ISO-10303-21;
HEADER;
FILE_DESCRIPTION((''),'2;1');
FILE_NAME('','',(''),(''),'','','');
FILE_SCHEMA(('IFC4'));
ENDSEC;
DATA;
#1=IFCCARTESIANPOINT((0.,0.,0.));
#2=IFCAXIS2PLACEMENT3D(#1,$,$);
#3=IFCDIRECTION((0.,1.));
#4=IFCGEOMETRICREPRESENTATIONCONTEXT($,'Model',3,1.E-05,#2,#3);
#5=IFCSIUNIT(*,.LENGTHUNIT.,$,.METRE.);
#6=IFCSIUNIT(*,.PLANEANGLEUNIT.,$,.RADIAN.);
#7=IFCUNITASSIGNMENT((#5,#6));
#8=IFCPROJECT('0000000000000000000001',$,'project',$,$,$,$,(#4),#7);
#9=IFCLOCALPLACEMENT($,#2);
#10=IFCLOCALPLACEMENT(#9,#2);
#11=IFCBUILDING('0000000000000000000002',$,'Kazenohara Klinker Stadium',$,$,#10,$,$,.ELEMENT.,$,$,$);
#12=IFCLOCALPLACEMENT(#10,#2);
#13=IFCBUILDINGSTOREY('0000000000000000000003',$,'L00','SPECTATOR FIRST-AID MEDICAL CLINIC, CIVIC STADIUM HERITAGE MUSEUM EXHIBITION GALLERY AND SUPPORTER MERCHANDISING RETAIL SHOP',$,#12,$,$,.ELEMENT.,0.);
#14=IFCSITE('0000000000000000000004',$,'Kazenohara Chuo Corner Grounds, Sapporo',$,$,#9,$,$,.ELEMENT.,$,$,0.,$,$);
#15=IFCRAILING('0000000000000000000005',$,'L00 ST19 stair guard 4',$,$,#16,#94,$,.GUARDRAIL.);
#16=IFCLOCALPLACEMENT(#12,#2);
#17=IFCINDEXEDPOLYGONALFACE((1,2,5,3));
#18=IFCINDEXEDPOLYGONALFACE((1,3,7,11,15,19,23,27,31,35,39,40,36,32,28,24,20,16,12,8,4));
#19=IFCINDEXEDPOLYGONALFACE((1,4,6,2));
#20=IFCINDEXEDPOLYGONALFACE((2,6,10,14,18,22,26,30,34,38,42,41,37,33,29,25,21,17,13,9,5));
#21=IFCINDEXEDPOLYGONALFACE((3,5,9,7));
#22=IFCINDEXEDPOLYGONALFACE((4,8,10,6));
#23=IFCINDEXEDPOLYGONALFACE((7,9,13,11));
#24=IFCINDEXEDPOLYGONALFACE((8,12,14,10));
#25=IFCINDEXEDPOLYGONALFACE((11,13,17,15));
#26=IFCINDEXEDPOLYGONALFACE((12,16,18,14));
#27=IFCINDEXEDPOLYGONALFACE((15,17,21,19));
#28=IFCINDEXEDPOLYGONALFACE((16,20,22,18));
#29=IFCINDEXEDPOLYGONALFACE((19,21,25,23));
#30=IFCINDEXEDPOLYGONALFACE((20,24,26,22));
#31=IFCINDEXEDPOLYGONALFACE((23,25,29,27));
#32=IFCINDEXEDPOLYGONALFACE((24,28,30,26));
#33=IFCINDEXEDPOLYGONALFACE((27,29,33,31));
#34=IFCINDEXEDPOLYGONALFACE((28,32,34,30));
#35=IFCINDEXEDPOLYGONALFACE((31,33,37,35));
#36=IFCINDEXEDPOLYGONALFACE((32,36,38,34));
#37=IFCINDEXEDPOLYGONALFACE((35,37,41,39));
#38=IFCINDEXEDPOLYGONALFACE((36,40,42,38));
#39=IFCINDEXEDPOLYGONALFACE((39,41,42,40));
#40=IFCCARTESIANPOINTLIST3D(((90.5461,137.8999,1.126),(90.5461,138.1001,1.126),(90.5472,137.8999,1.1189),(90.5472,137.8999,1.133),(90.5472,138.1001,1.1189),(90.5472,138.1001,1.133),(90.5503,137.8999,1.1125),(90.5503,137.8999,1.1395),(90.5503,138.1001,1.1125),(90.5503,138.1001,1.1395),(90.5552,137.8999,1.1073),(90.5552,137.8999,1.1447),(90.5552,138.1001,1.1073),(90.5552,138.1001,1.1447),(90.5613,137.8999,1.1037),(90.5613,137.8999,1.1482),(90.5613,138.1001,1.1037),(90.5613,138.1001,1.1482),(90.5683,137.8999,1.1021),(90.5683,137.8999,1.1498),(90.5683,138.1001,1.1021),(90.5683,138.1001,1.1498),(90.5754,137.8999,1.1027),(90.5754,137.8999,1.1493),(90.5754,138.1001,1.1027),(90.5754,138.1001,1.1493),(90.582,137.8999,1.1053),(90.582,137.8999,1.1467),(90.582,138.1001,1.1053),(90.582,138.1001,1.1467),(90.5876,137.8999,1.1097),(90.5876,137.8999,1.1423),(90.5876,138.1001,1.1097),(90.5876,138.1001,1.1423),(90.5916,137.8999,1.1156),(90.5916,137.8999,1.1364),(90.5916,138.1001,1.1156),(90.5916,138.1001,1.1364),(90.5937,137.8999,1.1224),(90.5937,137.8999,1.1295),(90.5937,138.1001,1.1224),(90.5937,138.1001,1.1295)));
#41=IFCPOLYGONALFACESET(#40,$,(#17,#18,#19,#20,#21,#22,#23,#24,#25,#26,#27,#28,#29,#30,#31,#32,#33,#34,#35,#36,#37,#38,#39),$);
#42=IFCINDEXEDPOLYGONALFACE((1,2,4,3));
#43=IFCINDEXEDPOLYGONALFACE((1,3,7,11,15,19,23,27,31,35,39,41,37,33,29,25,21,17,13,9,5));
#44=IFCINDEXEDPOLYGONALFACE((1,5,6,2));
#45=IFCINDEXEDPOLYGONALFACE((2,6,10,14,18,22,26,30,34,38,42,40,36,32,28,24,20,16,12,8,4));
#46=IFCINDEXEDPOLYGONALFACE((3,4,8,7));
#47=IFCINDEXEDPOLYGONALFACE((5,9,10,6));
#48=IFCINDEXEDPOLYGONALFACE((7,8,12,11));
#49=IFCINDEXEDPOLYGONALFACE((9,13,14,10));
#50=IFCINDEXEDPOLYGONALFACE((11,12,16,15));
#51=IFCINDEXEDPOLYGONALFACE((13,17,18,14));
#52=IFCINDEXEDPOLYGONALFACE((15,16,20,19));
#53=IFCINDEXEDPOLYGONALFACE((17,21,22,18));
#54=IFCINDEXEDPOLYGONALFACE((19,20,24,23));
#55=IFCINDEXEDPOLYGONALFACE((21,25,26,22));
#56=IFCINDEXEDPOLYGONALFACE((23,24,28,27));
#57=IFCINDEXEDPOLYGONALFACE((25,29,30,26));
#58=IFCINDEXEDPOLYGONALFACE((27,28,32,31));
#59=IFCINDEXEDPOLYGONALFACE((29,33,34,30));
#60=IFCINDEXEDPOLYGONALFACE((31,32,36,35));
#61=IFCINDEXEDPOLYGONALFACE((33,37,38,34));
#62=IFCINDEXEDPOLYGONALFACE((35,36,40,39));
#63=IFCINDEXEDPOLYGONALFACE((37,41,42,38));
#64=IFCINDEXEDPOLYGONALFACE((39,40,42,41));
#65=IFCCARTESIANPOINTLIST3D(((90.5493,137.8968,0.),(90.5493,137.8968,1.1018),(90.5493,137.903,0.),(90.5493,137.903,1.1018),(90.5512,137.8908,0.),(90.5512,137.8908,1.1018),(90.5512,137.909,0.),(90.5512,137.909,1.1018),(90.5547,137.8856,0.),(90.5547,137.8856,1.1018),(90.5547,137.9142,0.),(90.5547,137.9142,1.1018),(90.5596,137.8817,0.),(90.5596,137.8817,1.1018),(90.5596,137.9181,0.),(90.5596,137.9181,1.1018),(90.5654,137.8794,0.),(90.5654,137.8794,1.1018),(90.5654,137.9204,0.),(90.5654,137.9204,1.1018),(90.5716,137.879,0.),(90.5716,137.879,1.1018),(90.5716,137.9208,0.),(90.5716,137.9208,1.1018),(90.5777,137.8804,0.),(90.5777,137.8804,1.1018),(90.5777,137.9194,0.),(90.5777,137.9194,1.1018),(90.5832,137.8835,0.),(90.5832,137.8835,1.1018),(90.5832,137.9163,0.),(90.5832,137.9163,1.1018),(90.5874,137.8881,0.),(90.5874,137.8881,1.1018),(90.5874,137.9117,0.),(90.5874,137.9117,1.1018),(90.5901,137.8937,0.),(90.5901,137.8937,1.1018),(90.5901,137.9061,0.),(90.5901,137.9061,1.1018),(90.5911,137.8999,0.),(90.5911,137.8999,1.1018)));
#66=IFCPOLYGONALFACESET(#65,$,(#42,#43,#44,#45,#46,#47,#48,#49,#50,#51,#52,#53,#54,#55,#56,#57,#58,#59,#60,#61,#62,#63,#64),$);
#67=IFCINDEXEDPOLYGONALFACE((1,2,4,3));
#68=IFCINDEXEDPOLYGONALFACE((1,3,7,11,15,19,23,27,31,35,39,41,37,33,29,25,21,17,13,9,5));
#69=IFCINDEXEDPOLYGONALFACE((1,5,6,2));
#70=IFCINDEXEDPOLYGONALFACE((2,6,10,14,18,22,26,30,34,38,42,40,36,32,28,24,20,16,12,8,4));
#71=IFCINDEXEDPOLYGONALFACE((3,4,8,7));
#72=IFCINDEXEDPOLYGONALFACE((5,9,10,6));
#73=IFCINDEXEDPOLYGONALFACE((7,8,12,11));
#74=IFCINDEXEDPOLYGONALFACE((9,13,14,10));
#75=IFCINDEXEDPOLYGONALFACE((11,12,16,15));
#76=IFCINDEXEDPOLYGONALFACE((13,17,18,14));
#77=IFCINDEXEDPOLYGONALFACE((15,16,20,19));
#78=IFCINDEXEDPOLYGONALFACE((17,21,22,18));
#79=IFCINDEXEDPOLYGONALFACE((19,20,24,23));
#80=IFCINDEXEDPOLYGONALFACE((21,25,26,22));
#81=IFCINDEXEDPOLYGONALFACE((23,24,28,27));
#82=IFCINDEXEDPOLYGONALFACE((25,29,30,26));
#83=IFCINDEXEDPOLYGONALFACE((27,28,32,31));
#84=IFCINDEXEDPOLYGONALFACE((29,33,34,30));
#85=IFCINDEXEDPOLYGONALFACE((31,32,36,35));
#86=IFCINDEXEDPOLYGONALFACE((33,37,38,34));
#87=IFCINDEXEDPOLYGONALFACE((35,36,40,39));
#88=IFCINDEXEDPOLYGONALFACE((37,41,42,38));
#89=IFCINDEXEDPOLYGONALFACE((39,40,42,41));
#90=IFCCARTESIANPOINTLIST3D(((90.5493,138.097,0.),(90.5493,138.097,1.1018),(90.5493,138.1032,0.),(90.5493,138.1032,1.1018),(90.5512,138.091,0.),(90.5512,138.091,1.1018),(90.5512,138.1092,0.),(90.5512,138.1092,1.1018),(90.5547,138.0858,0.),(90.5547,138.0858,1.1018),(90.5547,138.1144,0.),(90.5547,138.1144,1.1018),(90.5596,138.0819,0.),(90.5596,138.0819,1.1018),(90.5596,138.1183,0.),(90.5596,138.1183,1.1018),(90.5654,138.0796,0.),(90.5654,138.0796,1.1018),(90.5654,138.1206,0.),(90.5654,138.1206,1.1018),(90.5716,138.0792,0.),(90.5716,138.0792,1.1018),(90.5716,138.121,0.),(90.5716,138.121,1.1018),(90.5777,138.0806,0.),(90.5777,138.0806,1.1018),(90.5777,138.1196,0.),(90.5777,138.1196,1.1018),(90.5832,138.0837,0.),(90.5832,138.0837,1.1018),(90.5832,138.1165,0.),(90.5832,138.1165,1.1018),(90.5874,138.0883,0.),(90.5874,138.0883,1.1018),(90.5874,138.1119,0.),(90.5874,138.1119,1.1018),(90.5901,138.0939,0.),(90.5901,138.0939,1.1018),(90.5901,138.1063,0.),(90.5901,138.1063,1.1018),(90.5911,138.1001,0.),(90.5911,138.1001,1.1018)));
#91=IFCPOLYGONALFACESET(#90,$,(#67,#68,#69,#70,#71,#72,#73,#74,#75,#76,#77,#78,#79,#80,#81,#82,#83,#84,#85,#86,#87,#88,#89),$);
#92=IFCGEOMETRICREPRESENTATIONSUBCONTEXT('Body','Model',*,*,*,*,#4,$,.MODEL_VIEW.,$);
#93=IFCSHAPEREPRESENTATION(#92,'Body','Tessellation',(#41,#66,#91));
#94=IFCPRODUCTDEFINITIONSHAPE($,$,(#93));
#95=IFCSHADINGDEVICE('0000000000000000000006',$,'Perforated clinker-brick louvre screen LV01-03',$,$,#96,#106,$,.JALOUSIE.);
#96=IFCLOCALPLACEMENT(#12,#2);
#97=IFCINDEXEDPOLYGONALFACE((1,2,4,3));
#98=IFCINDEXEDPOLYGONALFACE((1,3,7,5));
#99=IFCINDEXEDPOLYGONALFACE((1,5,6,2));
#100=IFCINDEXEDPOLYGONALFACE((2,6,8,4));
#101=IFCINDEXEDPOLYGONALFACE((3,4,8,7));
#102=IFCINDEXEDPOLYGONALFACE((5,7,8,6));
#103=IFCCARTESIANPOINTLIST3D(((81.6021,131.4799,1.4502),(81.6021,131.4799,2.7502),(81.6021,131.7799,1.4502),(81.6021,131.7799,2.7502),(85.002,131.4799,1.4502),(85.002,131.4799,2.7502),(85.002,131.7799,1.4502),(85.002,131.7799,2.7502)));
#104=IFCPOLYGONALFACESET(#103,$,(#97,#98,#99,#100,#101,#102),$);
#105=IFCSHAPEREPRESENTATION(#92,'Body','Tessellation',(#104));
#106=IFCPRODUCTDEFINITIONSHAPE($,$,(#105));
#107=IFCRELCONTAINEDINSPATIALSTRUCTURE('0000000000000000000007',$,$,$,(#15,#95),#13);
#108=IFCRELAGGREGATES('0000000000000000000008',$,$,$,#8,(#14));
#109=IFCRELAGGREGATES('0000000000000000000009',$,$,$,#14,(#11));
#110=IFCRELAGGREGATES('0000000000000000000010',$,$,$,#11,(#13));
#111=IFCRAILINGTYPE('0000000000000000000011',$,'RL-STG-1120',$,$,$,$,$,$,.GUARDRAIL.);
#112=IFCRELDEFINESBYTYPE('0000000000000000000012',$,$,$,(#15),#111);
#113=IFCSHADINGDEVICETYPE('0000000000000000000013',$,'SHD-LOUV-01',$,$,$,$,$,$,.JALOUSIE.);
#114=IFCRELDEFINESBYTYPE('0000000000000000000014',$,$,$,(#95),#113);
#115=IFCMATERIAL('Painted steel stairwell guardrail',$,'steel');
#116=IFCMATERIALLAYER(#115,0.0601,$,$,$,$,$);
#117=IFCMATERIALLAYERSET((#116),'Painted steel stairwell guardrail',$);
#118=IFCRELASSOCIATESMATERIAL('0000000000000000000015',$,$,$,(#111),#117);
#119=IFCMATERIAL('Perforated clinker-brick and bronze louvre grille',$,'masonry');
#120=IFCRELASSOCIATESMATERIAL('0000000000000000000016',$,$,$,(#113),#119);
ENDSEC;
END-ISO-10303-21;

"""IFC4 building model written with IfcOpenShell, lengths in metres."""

from ifc_helpers import new_model, si_unit, direction, frame, origin, origin_2d, place, context, subcontext, project, spatial, rectangle, circle, extrude, material, layer, layer_set, type_object, element, save


model = new_model("IFC4")

# Units and contexts
model_context = context("Model", 3, precision=1e-05, world=origin(), true_north=direction((0.0, 1.0)))
body_context = subcontext(model_context, "Body", "Model", "MODEL_VIEW")
ifc_project = project(units=[si_unit("LENGTHUNIT", "METRE"), si_unit("PLANEANGLEUNIT", "RADIAN")], contexts=[model_context])

# Site, building, storey
site_placement = place(None, origin())
site = spatial("IfcSite", under=ifc_project, at=site_placement, Name="Kazenohara Chuo Corner Grounds, Sapporo", CompositionType="ELEMENT", RefElevation=0.0)
building_placement = place(site_placement, origin())
building = spatial("IfcBuilding", under=site, at=building_placement, Name="Kazenohara Klinker Stadium", CompositionType="ELEMENT")
storey_placement = place(building_placement, origin())
storey = spatial("IfcBuildingStorey", under=building, at=storey_placement, Name="L00", Description="SPECTATOR FIRST-AID MEDICAL CLINIC, CIVIC STADIUM HERITAGE MUSEUM EXHIBITION GALLERY AND SUPPORTER MERCHANDISING RETAIL SHOP", CompositionType="ELEMENT", Elevation=0.0)

# Railing
ifc_material_1 = material(Name="Painted steel stairwell guardrail", Category="steel")
ifc_layer_1 = layer(ifc_material_1, 0.0601)
ifc_layer_set_1 = layer_set([ifc_layer_1], Name="Painted steel stairwell guardrail")
railing_type_1 = type_object("IfcRailingType", Name="RL-STG-1120", PredefinedType="GUARDRAIL", material=ifc_layer_set_1)
railing_1_placement = place(storey_placement, frame((90.5701, 137.8999, 0.0)))
element("IfcRailing", 1, at=railing_1_placement, inside=storey, type_object=railing_type_1, Name="L00 ST19 stair guard 4", PredefinedType="GUARDRAIL", context=body_context, shape_type="SweptSolid", body=[
    extrude(circle(Radius=0.0239, at=origin_2d()), frame((0.0, 0.0, 1.126), z_axis=(0.0, 1.0, 0.0), x_axis=(-1.0, 0.0, 0.0)), (0.0, 0.0, 1.0), 0.2002),
    extrude(circle(Radius=0.021, at=origin_2d()), origin(), (0.0, 0.0, 1.0), 1.1018),
    extrude(circle(Radius=0.021, at=origin_2d()), frame((0.0, 0.2002, 0.0)), (0.0, 0.0, 1.0), 1.1018),
])

# Shading device
ifc_material_2 = material(Name="Perforated clinker-brick and bronze louvre grille", Category="masonry")
shading_device_type = type_object("IfcShadingDeviceType", Name="SHD-LOUV-01", PredefinedType="JALOUSIE", material=ifc_material_2)
shading_device_placement = place(storey_placement, frame((83.302, 131.6299, 1.4502), z_axis=(0.0, 0.0, 1.0), x_axis=(1.0, 0.0, 0.0)))
element("IfcShadingDevice", 2, at=shading_device_placement, inside=storey, type_object=shading_device_type, Name="Perforated clinker-brick louvre screen LV01-03", PredefinedType="JALOUSIE", context=body_context, shape_type="SweptSolid", body=[
    extrude(rectangle(XDim=3.3999, YDim=0.3, at=origin_2d()), origin(), (0.0, 0.0, 1.0), 1.3),
])

save(model, "model.ifc")
